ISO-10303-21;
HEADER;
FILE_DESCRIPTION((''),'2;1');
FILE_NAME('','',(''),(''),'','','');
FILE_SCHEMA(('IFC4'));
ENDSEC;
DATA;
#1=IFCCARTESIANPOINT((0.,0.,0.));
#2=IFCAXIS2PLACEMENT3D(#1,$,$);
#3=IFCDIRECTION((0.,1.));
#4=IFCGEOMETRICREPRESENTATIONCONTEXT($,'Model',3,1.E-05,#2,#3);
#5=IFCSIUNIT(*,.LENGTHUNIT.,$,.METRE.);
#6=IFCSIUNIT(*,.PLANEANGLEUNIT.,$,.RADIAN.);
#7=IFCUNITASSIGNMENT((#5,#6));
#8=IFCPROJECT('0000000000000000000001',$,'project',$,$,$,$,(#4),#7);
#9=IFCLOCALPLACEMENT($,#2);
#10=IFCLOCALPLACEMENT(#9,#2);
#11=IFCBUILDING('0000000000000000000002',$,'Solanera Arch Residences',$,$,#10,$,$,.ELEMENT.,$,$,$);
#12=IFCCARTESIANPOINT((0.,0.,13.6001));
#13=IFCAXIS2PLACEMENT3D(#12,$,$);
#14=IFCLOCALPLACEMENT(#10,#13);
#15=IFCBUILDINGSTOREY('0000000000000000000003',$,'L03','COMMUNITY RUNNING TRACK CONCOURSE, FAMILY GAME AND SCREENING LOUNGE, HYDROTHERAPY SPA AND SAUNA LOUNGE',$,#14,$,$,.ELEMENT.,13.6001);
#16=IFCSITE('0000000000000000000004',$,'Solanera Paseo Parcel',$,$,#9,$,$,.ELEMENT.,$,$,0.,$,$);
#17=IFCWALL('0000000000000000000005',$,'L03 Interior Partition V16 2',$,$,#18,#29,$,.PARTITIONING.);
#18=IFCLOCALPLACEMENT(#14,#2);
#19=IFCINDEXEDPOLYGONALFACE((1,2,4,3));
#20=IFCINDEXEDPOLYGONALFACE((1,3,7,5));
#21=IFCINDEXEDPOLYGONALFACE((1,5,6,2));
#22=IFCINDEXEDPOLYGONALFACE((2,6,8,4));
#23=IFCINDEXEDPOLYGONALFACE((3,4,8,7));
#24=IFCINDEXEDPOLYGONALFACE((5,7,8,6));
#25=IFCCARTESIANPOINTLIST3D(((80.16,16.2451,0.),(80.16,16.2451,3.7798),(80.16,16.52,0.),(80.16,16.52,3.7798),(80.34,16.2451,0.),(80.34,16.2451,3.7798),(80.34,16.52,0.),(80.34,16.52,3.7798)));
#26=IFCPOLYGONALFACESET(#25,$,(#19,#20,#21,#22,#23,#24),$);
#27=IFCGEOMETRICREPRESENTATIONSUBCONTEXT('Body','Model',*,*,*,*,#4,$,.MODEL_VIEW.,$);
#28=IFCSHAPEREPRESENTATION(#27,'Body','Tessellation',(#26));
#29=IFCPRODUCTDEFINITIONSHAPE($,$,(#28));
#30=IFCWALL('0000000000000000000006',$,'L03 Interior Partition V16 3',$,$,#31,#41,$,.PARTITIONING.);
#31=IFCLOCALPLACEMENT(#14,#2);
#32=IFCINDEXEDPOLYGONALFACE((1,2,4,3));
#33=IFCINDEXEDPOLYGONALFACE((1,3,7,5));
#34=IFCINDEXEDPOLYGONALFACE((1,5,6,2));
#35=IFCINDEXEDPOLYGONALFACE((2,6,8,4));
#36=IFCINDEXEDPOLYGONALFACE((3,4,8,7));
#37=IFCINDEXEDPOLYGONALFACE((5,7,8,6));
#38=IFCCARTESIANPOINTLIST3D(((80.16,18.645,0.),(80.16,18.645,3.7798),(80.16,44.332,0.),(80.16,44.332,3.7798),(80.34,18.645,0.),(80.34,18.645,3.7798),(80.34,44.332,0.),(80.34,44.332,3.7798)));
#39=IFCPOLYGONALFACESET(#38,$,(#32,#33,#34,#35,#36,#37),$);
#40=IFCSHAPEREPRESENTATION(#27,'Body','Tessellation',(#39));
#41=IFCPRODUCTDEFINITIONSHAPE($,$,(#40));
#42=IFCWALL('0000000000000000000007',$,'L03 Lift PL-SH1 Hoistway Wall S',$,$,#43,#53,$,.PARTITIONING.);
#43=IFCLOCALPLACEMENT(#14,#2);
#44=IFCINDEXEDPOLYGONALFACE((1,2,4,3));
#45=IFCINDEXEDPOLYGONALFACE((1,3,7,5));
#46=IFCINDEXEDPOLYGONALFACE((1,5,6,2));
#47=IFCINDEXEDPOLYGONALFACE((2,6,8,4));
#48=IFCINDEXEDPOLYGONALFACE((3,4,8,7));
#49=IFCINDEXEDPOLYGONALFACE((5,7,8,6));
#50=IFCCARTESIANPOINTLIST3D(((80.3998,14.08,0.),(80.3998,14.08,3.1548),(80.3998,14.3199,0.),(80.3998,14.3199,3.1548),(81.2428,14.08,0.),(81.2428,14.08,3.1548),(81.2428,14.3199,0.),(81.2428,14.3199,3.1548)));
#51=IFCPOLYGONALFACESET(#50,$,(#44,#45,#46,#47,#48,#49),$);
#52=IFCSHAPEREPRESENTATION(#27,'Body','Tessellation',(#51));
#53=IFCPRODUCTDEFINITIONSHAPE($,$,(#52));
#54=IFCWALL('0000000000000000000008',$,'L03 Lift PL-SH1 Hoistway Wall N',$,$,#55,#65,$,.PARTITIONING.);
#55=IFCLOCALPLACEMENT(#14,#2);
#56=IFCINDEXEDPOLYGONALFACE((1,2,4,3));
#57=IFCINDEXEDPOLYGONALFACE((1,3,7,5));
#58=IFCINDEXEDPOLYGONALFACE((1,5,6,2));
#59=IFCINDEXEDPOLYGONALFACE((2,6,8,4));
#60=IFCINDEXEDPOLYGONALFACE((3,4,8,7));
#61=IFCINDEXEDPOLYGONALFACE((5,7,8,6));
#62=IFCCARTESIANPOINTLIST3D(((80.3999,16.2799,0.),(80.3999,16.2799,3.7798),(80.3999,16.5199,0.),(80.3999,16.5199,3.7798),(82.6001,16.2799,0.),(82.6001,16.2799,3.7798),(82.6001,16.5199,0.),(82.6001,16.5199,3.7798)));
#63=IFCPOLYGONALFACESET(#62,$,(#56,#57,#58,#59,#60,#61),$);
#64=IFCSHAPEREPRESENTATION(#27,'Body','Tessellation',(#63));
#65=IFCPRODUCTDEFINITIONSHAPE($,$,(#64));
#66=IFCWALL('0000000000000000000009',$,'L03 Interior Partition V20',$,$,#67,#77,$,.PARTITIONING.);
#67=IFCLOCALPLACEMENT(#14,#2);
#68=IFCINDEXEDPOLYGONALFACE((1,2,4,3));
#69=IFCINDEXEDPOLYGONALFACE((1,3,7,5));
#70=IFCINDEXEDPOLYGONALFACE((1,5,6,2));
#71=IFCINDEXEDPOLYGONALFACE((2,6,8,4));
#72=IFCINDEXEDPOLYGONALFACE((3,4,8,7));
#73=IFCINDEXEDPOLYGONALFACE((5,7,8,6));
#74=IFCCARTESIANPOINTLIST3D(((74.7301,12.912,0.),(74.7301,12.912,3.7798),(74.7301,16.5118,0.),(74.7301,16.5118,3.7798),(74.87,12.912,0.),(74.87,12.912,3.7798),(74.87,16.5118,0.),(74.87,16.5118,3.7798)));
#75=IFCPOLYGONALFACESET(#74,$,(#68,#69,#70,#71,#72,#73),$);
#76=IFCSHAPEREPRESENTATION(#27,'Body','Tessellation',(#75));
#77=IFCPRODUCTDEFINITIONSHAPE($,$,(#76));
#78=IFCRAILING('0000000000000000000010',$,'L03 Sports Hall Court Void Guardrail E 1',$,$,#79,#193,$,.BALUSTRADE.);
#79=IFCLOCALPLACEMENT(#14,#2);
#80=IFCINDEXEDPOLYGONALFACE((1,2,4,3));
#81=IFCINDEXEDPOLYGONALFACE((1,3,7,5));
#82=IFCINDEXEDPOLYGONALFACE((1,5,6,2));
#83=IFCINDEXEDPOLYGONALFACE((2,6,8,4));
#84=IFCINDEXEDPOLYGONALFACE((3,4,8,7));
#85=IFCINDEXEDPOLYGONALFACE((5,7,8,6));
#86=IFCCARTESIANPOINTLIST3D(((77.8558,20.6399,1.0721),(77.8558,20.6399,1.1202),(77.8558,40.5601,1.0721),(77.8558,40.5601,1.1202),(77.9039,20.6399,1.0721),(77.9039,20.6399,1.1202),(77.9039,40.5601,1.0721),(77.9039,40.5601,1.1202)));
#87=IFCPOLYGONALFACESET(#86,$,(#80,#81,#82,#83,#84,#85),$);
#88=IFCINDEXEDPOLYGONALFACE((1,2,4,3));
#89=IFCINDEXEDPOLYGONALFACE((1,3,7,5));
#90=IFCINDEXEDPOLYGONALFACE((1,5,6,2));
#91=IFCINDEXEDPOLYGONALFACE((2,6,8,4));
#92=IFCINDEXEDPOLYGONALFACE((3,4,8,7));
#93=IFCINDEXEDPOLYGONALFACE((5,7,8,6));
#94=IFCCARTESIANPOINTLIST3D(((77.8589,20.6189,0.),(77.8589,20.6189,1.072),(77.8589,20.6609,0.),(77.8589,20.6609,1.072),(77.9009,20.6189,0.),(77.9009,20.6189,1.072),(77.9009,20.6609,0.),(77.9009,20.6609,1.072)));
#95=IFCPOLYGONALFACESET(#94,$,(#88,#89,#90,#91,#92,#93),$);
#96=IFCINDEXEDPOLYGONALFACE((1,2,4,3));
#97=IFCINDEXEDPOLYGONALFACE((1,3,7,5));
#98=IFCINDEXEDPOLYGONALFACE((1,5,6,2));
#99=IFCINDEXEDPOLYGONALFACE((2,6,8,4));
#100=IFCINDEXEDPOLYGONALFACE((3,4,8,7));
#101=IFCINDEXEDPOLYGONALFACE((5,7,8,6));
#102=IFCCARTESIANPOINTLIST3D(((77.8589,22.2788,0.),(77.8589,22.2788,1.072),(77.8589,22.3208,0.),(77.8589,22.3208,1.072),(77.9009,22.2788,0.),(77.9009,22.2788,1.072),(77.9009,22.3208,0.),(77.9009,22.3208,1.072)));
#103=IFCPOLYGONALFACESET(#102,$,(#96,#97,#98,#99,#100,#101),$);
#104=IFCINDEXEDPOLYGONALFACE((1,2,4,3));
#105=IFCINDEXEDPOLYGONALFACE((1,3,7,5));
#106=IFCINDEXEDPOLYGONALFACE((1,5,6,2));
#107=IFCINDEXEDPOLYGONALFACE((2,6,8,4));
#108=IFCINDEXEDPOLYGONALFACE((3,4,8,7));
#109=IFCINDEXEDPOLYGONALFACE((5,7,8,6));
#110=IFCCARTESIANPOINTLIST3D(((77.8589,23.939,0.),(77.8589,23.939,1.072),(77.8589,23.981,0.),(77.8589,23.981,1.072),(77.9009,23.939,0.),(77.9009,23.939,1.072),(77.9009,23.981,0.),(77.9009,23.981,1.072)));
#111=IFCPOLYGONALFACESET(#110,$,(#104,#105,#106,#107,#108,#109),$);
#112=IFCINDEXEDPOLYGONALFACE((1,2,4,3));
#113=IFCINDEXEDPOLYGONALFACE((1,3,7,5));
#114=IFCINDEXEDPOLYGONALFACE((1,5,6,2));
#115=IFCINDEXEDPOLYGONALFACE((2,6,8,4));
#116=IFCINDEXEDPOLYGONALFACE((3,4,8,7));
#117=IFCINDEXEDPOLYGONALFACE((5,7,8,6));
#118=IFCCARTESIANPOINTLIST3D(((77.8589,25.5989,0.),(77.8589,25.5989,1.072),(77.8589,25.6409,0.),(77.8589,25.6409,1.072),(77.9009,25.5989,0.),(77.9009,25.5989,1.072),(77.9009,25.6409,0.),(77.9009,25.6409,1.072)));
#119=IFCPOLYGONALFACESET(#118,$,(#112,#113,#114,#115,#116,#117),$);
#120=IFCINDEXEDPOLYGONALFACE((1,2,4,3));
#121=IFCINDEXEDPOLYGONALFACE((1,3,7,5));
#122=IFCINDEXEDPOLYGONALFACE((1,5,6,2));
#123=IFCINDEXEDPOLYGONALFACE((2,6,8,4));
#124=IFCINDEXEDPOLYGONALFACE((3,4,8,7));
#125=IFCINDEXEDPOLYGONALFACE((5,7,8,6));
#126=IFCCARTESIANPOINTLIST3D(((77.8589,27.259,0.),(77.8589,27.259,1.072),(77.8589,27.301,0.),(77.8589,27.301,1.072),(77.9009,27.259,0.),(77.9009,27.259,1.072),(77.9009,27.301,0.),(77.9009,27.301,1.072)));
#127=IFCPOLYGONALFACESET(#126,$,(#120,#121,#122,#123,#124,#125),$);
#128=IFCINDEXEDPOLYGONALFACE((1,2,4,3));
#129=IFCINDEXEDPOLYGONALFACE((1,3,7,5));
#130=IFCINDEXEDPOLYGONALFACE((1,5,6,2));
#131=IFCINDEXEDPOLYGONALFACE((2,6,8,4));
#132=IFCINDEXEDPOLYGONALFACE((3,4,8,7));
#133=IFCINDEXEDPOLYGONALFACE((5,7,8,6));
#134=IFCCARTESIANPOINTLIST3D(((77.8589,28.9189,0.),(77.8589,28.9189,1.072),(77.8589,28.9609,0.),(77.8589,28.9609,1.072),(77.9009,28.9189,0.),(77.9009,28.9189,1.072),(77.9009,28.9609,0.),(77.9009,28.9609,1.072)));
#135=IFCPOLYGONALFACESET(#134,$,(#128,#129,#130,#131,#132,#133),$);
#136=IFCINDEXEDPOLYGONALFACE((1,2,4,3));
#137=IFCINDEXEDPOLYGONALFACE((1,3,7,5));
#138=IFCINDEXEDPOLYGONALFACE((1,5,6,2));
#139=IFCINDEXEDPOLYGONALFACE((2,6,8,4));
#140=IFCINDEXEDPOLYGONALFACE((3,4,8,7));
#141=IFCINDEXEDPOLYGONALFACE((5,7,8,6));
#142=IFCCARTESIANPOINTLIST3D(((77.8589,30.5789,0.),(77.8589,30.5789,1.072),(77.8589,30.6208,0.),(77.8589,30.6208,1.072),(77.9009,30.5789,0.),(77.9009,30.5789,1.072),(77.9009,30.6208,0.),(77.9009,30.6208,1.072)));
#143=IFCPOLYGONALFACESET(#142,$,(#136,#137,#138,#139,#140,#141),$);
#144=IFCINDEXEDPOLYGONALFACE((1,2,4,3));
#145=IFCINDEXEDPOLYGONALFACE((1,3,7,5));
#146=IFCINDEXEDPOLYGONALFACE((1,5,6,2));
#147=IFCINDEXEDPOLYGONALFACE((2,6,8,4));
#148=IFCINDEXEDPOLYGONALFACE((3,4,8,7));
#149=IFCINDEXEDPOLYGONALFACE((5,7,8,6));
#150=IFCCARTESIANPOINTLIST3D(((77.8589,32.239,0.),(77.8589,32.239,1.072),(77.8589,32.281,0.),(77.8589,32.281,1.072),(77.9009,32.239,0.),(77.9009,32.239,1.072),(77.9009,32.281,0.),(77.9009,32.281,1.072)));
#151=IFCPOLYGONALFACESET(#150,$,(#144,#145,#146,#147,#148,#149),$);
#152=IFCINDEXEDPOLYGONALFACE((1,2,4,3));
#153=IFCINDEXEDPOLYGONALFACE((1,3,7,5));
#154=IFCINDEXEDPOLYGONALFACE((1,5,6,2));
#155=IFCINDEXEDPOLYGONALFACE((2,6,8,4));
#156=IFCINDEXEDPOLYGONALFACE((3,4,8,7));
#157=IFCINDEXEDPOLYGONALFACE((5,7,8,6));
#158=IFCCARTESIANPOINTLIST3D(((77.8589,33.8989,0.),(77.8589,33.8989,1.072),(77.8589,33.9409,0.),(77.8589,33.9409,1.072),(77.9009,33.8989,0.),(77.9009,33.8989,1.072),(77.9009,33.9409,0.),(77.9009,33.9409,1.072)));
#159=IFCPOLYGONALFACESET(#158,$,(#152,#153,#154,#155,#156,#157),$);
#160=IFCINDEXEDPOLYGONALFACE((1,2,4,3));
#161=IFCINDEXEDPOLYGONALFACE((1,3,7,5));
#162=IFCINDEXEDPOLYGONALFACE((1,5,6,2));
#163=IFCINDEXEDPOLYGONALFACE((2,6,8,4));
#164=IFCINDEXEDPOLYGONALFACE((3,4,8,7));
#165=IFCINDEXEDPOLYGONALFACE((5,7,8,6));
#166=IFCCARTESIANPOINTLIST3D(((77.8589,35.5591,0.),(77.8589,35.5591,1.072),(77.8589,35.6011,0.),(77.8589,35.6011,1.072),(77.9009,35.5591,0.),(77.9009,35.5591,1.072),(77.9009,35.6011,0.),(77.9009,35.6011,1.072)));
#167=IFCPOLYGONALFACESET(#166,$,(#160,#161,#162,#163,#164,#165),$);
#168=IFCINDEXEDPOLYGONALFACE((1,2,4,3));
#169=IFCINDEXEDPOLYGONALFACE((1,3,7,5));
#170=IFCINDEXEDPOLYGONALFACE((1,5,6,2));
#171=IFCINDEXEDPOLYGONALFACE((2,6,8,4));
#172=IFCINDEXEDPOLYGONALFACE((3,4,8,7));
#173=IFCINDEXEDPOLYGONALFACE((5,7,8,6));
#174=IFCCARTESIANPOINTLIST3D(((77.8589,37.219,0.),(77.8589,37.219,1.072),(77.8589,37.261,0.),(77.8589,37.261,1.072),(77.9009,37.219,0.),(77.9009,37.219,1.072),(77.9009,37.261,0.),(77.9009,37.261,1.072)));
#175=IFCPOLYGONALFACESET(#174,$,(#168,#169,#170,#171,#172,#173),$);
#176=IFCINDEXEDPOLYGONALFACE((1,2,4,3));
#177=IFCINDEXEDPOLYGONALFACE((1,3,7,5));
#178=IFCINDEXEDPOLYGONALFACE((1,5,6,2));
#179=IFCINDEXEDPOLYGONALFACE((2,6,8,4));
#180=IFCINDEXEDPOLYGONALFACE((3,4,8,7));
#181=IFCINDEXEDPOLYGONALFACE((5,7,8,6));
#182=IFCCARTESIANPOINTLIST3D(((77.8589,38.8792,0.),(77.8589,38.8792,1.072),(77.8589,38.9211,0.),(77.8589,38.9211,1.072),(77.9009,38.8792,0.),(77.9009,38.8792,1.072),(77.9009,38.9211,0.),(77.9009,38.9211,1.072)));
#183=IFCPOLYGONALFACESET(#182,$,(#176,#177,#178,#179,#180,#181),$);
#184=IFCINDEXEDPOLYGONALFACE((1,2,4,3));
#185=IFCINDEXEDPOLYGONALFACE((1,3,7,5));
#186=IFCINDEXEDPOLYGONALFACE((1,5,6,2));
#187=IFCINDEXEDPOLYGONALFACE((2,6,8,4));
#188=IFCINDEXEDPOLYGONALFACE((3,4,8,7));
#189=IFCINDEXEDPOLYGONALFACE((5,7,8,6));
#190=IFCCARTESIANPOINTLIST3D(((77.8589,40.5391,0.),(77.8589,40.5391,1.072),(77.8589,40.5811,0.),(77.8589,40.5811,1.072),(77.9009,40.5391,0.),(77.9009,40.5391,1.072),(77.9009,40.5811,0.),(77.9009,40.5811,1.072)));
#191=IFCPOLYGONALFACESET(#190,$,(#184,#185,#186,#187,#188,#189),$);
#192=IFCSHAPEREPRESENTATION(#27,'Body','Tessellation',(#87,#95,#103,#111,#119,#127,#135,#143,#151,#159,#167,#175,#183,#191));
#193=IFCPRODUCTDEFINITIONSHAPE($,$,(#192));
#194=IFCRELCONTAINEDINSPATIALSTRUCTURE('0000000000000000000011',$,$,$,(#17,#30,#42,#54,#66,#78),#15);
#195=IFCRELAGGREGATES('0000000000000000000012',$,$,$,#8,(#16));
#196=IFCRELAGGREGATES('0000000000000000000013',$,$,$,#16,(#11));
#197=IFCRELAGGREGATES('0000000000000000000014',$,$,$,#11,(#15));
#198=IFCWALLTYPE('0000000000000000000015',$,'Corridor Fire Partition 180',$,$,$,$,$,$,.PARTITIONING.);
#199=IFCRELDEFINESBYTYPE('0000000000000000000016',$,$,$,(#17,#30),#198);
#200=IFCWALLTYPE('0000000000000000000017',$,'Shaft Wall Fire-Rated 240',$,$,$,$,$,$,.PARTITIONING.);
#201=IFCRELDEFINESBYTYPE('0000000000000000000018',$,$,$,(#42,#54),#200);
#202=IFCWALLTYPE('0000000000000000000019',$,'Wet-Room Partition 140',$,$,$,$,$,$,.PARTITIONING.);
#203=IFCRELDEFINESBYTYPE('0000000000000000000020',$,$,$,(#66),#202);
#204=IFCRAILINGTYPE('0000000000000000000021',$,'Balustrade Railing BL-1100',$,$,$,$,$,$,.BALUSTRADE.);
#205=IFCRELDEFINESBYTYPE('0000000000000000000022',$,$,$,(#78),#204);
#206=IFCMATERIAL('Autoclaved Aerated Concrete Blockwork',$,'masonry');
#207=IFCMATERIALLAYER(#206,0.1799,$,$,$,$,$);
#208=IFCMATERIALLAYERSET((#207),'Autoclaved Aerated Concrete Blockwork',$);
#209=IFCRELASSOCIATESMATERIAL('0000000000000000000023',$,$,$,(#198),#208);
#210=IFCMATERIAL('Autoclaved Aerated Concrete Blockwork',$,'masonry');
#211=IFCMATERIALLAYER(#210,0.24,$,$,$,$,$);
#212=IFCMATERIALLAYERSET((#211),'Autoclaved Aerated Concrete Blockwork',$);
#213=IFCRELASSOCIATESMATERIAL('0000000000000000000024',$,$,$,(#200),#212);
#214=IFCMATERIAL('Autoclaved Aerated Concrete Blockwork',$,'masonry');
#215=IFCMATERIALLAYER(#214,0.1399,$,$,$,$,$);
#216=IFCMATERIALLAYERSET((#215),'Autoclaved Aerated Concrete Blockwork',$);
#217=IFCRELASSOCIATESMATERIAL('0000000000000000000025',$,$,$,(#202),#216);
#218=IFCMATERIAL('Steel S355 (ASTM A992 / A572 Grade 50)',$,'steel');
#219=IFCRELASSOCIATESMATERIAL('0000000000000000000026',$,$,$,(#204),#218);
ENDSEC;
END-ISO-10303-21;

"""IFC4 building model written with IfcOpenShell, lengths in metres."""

from ifc_helpers import new_model, si_unit, direction, frame, frame_2d, origin, origin_2d, place, context, subcontext, project, spatial, rectangle, extrude, material, layer, layer_set, type_object, element, save


model = new_model("IFC4")

# Units and contexts
model_context = context("Model", 3, precision=1e-05, world=origin(), true_north=direction((0.0, 1.0)))
body_context = subcontext(model_context, "Body", "Model", "MODEL_VIEW")
ifc_project = project(units=[si_unit("LENGTHUNIT", "METRE"), si_unit("PLANEANGLEUNIT", "RADIAN")], contexts=[model_context])

# Site, building, storey
site_placement = place(None, origin())
site = spatial("IfcSite", under=ifc_project, at=site_placement, Name="Solanera Paseo Parcel", CompositionType="ELEMENT", RefElevation=0.0)
building_placement = place(site_placement, origin())
building = spatial("IfcBuilding", under=site, at=building_placement, Name="Solanera Arch Residences", CompositionType="ELEMENT")
storey_placement = place(building_placement, frame((0.0, 0.0, 13.6001)))
storey = spatial("IfcBuildingStorey", under=building, at=storey_placement, Name="L03", Description="COMMUNITY RUNNING TRACK CONCOURSE, FAMILY GAME AND SCREENING LOUNGE, HYDROTHERAPY SPA AND SAUNA LOUNGE", CompositionType="ELEMENT", Elevation=13.6001)

# Shared definitions
ifc_material_1 = material(Name="Autoclaved Aerated Concrete Blockwork", Category="masonry")
ifc_layer_1 = layer(ifc_material_1, 0.1799)
ifc_layer_set_1 = layer_set([ifc_layer_1], Name="Autoclaved Aerated Concrete Blockwork")
wall_type_1 = type_object("IfcWallType", Name="Corridor Fire Partition 180", PredefinedType="PARTITIONING", material=ifc_layer_set_1)

# Walls
wall_1_placement = place(storey_placement, frame((80.25, 16.2451, 0.0), z_axis=(0.0, 0.0, 1.0), x_axis=(0.0, 1.0, 0.0)))
element("IfcWall", 1, at=wall_1_placement, inside=storey, type_object=wall_type_1, Name="L03 Interior Partition V16 2", PredefinedType="PARTITIONING", context=body_context, shape_type="SweptSolid", body=[
    extrude(rectangle(XDim=0.2749, YDim=0.1799, at=frame_2d((0.1375, 0.0))), origin(), (0.0, 0.0, 1.0), 3.7798),
])
wall_2_placement = place(storey_placement, frame((80.25, 18.645, 0.0), z_axis=(0.0, 0.0, 1.0), x_axis=(0.0, 1.0, 0.0)))
element("IfcWall", 2, at=wall_2_placement, inside=storey, type_object=wall_type_1, Name="L03 Interior Partition V16 3", PredefinedType="PARTITIONING", context=body_context, shape_type="SweptSolid", body=[
    extrude(rectangle(XDim=25.687, YDim=0.1799, at=frame_2d((12.8435, 0.0))), origin(), (0.0, 0.0, 1.0), 3.7798),
])
ifc_material_2 = material(Name="Autoclaved Aerated Concrete Blockwork", Category="masonry")
ifc_layer_2 = layer(ifc_material_2, 0.24)
ifc_layer_set_2 = layer_set([ifc_layer_2], Name="Autoclaved Aerated Concrete Blockwork")
wall_type_2 = type_object("IfcWallType", Name="Shaft Wall Fire-Rated 240", PredefinedType="PARTITIONING", material=ifc_layer_set_2)
wall_3_placement = place(storey_placement, frame((80.3999, 14.2, 0.0), z_axis=(0.0, 0.0, 1.0), x_axis=(1.0, 0.0, 0.0)))
element("IfcWall", 3, at=wall_3_placement, inside=storey, type_object=wall_type_2, Name="L03 Lift PL-SH1 Hoistway Wall S", PredefinedType="PARTITIONING", context=body_context, shape_type="SweptSolid", body=[
    extrude(rectangle(XDim=0.843, YDim=0.24, at=frame_2d((0.4214, 0.0))), origin(), (0.0, 0.0, 1.0), 3.1548),
])
wall_4_placement = place(storey_placement, frame((80.3999, 16.3999, 0.0), z_axis=(0.0, 0.0, 1.0), x_axis=(1.0, 0.0, 0.0)))
element("IfcWall", 4, at=wall_4_placement, inside=storey, type_object=wall_type_2, Name="L03 Lift PL-SH1 Hoistway Wall N", PredefinedType="PARTITIONING", context=body_context, shape_type="SweptSolid", body=[
    extrude(rectangle(XDim=2.2002, YDim=0.24, at=frame_2d((1.1001, 0.0))), origin(), (0.0, 0.0, 1.0), 3.7798),
])

# Wall
ifc_material_3 = material(Name="Autoclaved Aerated Concrete Blockwork", Category="masonry")
ifc_layer_3 = layer(ifc_material_3, 0.1399)
ifc_layer_set_3 = layer_set([ifc_layer_3], Name="Autoclaved Aerated Concrete Blockwork")
wall_type_3 = type_object("IfcWallType", Name="Wet-Room Partition 140", PredefinedType="PARTITIONING", material=ifc_layer_set_3)
wall_5_placement = place(storey_placement, frame((74.8, 12.9121, 0.0), z_axis=(0.0, 0.0, 1.0), x_axis=(0.0, 1.0, 0.0)))
element("IfcWall", 5, at=wall_5_placement, inside=storey, type_object=wall_type_3, Name="L03 Interior Partition V20", PredefinedType="PARTITIONING", context=body_context, shape_type="SweptSolid", body=[
    extrude(rectangle(XDim=3.5999, YDim=0.1399, at=frame_2d((1.7998, 0.0))), origin(), (0.0, 0.0, 1.0), 3.7798),
])

# Railing
ifc_material_4 = material(Name="Steel S355 (ASTM A992 / A572 Grade 50)", Category="steel")
railing_type = type_object("IfcRailingType", Name="Balustrade Railing BL-1100", PredefinedType="BALUSTRADE", material=ifc_material_4)
railing_placement = place(storey_placement, frame((77.8799, 20.6399, 0.0)))
element("IfcRailing", 6, at=railing_placement, inside=storey, type_object=railing_type, Name="L03 Sports Hall Court Void Guardrail E 1", PredefinedType="BALUSTRADE", context=body_context, shape_type="SweptSolid", body=[
    extrude(rectangle(XDim=0.0481, YDim=0.0481, at=origin_2d()), frame((0.0, 0.0, 1.0962), z_axis=(0.0, 1.0, 0.0), x_axis=(-1.0, 0.0, 0.0)), (0.0, 0.0, 1.0), 19.9202),
    extrude(rectangle(XDim=0.042, YDim=0.042, at=origin_2d()), origin(), (0.0, 0.0, 1.0), 1.072),
    extrude(rectangle(XDim=0.042, YDim=0.042, at=origin_2d()), frame((0.0, 1.6599, 0.0)), (0.0, 0.0, 1.0), 1.072),
    extrude(rectangle(XDim=0.042, YDim=0.042, at=origin_2d()), frame((0.0, 3.3201, 0.0)), (0.0, 0.0, 1.0), 1.072),
    extrude(rectangle(XDim=0.042, YDim=0.042, at=origin_2d()), frame((0.0, 4.98, 0.0)), (0.0, 0.0, 1.0), 1.072),
    extrude(rectangle(XDim=0.042, YDim=0.042, at=origin_2d()), frame((0.0, 6.6401, 0.0)), (0.0, 0.0, 1.0), 1.072),
    extrude(rectangle(XDim=0.042, YDim=0.042, at=origin_2d()), frame((0.0, 8.3, 0.0)), (0.0, 0.0, 1.0), 1.072),
    extrude(rectangle(XDim=0.042, YDim=0.042, at=origin_2d()), frame((0.0, 9.96, 0.0)), (0.0, 0.0, 1.0), 1.072),
    extrude(rectangle(XDim=0.042, YDim=0.042, at=origin_2d()), frame((0.0, 11.6201, 0.0)), (0.0, 0.0, 1.0), 1.072),
    extrude(rectangle(XDim=0.042, YDim=0.042, at=origin_2d()), frame((0.0, 13.28, 0.0)), (0.0, 0.0, 1.0), 1.072),
    extrude(rectangle(XDim=0.042, YDim=0.042, at=origin_2d()), frame((0.0, 14.9402, 0.0)), (0.0, 0.0, 1.0), 1.072),
    extrude(rectangle(XDim=0.042, YDim=0.042, at=origin_2d()), frame((0.0, 16.6001, 0.0)), (0.0, 0.0, 1.0), 1.072),
    extrude(rectangle(XDim=0.042, YDim=0.042, at=origin_2d()), frame((0.0, 18.2603, 0.0)), (0.0, 0.0, 1.0), 1.072),
    extrude(rectangle(XDim=0.042, YDim=0.042, at=origin_2d()), frame((0.0, 19.9202, 0.0)), (0.0, 0.0, 1.0), 1.072),
])

save(model, "model.ifc")
